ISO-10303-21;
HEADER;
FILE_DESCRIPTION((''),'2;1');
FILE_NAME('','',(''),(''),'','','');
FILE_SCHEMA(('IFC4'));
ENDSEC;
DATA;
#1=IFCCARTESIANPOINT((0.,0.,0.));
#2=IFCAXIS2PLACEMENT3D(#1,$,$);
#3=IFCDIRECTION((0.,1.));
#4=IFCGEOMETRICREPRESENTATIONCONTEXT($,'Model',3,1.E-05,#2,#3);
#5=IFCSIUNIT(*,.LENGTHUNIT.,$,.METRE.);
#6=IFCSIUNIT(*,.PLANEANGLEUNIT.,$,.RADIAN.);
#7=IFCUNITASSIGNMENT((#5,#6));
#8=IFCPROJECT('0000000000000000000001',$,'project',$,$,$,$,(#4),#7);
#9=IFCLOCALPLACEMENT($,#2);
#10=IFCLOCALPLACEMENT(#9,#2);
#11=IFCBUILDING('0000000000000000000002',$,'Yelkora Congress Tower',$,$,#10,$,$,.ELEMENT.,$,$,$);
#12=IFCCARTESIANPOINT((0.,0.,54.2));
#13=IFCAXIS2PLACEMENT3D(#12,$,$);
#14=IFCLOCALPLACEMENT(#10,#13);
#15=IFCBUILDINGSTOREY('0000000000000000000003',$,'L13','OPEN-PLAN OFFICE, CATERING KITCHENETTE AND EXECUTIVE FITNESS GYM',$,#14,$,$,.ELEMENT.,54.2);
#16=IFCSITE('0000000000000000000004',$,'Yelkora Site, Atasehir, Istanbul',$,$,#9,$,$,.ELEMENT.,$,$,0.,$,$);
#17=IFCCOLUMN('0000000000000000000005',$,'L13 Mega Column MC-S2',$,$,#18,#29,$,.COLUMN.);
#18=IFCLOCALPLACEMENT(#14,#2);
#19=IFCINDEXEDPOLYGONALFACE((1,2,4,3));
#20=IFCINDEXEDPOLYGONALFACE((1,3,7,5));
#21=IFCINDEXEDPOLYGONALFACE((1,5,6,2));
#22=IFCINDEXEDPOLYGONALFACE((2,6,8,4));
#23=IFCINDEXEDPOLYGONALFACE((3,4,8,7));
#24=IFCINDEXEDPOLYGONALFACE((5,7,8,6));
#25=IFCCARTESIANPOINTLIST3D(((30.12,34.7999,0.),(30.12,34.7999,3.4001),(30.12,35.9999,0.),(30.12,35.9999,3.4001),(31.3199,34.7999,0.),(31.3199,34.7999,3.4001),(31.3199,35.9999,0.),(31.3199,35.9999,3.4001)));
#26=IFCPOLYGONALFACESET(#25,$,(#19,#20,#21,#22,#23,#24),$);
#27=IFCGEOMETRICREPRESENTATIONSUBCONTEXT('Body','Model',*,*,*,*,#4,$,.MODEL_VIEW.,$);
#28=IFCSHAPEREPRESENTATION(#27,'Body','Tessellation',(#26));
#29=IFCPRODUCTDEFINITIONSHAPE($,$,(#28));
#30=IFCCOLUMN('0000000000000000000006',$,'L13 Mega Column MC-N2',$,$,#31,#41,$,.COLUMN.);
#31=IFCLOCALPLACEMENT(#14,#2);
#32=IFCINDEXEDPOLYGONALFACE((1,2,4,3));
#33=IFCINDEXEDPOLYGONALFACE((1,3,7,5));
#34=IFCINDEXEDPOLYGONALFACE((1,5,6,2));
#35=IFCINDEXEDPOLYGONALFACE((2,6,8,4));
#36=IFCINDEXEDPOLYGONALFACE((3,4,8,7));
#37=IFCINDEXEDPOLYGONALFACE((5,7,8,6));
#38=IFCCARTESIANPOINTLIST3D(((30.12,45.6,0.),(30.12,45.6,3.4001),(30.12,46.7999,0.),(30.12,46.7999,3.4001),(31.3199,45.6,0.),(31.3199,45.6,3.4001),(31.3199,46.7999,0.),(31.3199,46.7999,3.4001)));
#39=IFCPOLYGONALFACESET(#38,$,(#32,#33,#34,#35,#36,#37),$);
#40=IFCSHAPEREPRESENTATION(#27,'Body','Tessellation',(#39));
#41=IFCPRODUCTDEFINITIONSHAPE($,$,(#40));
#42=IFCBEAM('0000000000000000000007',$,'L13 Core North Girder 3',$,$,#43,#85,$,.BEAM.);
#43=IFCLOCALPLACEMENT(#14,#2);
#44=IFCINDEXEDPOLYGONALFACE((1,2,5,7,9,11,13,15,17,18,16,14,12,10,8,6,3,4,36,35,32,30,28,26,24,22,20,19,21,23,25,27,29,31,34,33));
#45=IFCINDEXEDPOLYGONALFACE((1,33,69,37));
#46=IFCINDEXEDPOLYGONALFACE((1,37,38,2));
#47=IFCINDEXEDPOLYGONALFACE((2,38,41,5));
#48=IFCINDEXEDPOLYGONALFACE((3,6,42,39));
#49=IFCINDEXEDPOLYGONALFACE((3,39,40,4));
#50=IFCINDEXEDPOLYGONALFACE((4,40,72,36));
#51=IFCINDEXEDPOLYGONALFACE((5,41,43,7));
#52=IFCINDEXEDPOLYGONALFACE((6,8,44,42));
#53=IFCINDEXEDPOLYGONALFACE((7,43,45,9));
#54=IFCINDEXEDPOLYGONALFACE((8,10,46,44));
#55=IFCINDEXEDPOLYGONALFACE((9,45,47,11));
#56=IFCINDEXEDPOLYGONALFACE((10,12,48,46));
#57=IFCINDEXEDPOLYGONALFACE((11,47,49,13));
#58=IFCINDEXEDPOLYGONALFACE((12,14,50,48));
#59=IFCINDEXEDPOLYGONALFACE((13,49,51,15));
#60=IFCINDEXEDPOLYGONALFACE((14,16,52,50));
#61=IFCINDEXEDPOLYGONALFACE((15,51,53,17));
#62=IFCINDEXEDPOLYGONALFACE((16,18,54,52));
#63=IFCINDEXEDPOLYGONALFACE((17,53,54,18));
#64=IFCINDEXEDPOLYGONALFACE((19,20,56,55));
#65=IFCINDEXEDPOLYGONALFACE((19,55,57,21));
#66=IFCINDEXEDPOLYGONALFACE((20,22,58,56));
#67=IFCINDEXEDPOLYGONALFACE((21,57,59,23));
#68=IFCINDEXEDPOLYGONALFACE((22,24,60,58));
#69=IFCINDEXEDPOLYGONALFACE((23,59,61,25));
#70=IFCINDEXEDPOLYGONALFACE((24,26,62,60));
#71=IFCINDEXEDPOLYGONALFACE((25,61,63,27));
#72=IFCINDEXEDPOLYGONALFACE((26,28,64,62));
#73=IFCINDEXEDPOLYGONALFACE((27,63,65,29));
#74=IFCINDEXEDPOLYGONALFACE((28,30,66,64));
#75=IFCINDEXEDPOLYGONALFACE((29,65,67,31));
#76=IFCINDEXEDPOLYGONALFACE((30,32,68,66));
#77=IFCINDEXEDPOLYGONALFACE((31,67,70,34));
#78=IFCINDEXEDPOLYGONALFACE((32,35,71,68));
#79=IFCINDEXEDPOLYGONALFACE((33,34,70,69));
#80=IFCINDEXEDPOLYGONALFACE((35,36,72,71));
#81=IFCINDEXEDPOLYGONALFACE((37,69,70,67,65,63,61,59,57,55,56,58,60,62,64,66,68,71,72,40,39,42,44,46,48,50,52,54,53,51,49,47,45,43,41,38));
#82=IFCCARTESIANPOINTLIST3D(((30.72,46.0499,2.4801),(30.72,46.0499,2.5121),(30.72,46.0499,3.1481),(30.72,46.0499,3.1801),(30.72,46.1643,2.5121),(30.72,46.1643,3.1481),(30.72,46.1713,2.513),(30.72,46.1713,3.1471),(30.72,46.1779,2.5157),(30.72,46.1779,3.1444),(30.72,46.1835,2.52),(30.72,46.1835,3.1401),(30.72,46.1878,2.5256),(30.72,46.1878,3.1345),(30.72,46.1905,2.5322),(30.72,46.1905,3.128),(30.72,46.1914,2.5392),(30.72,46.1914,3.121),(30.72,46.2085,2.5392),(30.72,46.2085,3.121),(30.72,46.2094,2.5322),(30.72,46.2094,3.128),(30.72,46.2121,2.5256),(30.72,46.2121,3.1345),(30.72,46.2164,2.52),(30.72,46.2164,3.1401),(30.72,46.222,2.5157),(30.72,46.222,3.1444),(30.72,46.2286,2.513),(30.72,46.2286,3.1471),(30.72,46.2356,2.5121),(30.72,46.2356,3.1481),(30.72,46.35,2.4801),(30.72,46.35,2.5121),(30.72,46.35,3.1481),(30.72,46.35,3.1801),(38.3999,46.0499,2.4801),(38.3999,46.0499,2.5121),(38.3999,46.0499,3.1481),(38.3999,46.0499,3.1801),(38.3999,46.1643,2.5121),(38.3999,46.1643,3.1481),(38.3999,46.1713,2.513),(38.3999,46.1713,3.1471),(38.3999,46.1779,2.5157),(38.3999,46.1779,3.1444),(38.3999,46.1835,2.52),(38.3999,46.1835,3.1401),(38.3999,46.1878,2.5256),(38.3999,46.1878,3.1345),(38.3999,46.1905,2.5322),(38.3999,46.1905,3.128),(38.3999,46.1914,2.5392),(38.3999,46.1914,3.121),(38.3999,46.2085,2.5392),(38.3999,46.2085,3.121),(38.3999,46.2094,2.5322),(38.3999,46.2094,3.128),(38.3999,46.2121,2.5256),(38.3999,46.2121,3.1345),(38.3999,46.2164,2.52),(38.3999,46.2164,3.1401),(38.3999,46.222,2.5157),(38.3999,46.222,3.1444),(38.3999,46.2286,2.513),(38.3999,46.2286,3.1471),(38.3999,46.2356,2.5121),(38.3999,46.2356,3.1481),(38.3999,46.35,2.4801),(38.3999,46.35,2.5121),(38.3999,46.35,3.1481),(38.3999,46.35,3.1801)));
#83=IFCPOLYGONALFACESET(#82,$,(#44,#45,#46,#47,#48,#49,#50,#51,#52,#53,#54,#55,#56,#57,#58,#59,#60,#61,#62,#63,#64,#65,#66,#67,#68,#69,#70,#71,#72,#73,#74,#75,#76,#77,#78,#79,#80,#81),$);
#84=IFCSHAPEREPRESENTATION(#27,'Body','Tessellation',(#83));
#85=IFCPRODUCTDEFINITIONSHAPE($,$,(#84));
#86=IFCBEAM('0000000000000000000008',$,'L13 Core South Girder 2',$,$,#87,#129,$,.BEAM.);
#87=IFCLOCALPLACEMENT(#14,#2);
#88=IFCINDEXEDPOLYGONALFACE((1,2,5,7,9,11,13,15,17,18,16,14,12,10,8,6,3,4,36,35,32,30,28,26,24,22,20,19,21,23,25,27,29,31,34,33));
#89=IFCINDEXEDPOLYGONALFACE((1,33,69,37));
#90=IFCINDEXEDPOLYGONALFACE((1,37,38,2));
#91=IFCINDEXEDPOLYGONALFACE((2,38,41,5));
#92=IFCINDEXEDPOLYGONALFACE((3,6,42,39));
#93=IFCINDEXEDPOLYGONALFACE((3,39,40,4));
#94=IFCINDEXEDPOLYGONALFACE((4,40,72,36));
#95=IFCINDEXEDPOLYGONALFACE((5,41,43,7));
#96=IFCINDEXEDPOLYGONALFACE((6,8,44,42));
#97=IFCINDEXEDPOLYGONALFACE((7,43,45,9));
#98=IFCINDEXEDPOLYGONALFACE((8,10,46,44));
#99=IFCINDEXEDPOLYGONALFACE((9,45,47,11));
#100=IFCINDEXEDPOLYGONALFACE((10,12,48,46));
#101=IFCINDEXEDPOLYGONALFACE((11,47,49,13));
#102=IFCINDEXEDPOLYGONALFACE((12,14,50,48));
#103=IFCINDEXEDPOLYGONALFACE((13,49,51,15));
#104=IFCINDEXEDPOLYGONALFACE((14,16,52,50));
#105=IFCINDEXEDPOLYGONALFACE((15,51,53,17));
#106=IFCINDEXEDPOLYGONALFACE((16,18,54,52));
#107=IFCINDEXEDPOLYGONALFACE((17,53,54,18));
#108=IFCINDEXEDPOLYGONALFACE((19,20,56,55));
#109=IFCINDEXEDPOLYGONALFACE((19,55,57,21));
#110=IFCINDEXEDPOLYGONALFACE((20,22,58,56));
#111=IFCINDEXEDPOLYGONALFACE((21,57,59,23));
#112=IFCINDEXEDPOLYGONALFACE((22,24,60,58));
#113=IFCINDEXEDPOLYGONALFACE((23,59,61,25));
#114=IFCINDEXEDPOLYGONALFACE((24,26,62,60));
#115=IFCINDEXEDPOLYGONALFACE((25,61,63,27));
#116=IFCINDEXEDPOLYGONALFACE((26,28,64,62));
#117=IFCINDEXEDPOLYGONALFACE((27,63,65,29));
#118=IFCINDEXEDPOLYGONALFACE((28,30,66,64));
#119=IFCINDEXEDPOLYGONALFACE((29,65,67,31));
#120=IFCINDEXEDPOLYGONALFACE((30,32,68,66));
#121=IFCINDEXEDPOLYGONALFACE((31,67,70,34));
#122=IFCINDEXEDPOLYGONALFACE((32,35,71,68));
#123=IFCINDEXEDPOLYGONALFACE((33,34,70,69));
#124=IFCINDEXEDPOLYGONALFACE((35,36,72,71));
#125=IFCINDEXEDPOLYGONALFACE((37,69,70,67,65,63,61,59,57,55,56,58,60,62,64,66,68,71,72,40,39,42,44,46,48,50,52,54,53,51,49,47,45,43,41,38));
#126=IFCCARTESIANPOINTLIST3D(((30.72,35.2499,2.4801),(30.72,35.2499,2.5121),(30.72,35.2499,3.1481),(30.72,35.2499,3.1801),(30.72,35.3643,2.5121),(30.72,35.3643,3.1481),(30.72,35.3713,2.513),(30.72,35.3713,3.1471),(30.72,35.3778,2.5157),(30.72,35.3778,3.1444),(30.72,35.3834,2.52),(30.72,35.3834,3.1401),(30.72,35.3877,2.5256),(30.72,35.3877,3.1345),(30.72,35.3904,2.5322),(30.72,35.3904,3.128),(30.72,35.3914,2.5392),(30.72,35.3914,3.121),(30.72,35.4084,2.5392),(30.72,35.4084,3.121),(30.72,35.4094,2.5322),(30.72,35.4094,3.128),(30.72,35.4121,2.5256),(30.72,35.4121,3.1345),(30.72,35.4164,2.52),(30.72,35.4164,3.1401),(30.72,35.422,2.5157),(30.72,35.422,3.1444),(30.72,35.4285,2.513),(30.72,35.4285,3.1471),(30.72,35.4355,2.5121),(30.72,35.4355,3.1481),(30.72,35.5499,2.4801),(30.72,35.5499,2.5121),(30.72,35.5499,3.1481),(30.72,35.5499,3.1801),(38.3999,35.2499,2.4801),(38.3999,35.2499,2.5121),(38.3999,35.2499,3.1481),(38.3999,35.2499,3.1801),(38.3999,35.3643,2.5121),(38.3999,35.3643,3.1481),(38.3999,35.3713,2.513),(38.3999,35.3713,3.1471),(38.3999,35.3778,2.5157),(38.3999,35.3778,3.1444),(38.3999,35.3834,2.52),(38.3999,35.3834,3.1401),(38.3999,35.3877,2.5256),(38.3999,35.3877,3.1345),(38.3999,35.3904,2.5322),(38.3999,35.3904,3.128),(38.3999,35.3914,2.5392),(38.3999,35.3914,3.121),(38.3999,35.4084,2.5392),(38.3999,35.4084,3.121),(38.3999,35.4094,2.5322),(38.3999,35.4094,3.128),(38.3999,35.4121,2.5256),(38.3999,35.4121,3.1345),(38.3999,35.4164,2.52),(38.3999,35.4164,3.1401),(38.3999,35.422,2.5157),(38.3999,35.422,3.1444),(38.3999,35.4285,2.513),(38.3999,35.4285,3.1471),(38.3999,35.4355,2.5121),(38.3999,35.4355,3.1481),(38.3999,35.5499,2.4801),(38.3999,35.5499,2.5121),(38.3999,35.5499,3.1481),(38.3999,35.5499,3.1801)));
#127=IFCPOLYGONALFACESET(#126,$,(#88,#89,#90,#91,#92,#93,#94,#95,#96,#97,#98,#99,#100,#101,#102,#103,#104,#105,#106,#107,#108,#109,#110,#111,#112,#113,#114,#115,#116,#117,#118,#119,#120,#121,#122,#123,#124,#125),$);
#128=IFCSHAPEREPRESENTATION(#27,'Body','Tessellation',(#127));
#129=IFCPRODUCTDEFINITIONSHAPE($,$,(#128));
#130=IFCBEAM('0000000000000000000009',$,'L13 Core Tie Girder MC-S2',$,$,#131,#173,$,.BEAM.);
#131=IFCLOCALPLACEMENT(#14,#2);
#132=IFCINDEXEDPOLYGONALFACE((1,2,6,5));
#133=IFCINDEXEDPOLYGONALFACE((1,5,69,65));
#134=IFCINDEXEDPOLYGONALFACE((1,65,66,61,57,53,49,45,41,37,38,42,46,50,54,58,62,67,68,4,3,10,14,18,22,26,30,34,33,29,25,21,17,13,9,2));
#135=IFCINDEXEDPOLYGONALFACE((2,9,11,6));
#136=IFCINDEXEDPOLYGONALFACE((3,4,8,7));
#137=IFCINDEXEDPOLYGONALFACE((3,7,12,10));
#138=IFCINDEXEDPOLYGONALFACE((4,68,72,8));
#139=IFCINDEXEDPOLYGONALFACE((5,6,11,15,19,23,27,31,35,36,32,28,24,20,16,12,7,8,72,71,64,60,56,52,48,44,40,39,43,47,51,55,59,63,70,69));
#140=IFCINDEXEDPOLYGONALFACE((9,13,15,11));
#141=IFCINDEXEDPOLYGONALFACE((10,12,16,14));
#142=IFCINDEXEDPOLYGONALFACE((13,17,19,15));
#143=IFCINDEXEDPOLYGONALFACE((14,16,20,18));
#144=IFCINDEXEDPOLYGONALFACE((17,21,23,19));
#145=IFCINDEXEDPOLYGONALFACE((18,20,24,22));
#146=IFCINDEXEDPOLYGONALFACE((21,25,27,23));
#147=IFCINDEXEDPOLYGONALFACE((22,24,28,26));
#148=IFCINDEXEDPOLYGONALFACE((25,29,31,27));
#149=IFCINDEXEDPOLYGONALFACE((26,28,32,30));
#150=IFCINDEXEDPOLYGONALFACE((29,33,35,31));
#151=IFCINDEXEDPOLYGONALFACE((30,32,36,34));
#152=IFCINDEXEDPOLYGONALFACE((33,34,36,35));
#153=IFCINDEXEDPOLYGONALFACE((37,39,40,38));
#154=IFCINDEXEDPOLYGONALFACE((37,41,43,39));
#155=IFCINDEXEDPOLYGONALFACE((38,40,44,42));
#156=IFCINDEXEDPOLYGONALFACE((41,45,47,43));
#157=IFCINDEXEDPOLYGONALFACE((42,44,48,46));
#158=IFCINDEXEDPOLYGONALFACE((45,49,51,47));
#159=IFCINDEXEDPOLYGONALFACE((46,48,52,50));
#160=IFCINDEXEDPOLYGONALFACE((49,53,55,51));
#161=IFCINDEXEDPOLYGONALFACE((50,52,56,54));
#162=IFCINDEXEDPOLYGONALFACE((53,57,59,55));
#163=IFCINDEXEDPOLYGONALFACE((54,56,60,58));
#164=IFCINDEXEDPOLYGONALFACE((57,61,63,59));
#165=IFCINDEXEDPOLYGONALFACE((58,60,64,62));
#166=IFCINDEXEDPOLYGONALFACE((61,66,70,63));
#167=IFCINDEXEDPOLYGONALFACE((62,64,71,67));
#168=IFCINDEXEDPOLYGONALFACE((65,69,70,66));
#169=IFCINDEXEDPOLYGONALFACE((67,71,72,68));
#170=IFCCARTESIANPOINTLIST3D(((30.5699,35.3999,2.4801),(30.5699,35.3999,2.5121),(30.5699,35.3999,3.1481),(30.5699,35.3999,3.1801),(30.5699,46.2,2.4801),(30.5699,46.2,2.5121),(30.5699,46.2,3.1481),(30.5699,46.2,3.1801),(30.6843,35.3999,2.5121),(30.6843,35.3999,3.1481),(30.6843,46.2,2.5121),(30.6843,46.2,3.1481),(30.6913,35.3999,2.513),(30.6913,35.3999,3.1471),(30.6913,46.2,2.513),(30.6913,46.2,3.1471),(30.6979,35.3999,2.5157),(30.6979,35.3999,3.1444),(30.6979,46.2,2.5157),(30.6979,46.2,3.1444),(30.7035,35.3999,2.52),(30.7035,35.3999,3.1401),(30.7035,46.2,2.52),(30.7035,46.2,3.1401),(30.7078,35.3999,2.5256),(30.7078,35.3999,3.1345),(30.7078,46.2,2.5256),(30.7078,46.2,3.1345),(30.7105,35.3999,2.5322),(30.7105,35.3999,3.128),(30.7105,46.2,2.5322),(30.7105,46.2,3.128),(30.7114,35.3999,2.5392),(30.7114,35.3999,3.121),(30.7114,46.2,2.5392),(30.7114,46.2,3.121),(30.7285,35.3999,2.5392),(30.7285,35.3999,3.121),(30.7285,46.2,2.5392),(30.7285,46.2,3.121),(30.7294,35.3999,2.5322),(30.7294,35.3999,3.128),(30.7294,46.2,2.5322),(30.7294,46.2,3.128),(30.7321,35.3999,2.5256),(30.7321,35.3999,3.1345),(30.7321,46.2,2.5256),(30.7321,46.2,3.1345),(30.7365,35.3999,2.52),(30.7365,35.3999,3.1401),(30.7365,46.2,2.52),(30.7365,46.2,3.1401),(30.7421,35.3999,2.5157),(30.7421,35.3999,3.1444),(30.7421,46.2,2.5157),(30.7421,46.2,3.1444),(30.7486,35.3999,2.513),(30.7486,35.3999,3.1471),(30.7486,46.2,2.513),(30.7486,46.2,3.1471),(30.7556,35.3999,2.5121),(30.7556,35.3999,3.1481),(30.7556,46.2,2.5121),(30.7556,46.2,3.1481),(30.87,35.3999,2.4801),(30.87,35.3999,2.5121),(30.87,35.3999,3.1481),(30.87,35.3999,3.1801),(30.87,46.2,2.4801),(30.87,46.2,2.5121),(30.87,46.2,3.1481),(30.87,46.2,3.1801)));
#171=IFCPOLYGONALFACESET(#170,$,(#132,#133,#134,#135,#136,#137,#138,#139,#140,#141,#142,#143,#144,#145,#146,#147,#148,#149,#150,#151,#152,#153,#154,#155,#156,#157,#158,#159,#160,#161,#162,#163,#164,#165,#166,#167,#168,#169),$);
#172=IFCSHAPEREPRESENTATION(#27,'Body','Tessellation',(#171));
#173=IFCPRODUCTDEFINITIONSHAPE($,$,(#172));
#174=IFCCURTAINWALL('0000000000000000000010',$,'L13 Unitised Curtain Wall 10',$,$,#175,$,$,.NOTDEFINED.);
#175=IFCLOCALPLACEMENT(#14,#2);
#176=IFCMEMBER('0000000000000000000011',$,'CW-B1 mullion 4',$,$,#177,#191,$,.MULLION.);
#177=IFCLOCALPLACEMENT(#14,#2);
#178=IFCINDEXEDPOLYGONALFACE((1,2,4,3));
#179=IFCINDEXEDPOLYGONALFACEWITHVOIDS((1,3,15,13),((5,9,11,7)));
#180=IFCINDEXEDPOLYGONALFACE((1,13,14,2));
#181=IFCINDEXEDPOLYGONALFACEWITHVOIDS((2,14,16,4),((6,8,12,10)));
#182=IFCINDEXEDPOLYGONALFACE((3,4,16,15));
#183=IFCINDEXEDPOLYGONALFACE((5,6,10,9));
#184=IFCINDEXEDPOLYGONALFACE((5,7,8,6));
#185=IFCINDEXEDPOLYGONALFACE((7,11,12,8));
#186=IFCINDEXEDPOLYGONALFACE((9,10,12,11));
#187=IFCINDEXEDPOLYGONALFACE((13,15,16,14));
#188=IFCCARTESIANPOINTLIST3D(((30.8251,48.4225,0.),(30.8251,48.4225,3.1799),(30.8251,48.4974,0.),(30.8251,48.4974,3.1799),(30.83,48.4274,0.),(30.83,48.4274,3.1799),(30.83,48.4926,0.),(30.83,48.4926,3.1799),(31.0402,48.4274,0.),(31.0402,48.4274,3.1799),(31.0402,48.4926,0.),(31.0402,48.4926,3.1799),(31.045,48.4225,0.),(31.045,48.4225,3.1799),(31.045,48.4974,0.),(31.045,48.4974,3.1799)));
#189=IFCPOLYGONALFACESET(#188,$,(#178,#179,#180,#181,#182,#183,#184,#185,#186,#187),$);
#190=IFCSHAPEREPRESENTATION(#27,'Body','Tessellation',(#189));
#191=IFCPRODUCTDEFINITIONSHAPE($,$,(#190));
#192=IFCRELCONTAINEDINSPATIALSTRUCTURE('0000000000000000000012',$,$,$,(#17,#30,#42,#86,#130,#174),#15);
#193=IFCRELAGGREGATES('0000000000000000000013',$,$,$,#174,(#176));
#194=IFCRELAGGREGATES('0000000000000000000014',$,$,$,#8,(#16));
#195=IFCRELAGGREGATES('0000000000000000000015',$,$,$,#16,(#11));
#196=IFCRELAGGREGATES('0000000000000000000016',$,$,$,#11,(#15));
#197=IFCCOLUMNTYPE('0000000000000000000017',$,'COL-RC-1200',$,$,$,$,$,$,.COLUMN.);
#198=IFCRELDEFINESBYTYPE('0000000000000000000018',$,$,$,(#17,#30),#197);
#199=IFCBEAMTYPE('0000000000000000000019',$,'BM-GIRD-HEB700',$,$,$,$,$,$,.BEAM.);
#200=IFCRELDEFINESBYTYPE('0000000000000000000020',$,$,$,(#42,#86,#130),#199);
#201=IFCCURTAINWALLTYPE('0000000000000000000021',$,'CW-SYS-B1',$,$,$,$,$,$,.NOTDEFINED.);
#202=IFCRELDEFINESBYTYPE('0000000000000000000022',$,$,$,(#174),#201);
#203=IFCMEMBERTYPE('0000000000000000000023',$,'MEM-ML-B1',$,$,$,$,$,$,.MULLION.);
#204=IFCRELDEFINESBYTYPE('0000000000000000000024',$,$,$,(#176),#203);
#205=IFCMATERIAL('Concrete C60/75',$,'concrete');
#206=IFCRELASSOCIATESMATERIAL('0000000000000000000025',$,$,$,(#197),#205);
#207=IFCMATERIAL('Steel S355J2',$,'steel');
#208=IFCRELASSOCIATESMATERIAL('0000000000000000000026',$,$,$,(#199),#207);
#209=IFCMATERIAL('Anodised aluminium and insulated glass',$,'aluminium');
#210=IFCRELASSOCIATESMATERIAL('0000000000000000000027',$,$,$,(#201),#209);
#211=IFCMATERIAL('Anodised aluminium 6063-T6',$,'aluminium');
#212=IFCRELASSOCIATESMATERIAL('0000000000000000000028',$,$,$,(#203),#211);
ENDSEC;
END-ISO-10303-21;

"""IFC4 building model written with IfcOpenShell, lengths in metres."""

from ifc_helpers import new_model, si_unit, direction, frame, origin, origin_2d, place, context, subcontext, project, spatial, rectangle, hollow_rectangle, i_section, extrude, material, material_profile, profile_set, type_object, element, aggregate, save


model = new_model("IFC4")

# Units and contexts
model_context = context("Model", 3, precision=1e-05, world=origin(), true_north=direction((0.0, 1.0)))
body_context = subcontext(model_context, "Body", "Model", "MODEL_VIEW")
ifc_project = project(units=[si_unit("LENGTHUNIT", "METRE"), si_unit("PLANEANGLEUNIT", "RADIAN")], contexts=[model_context])

# Site, building, storey
site_placement = place(None, origin())
site = spatial("IfcSite", under=ifc_project, at=site_placement, Name="Yelkora Site, Atasehir, Istanbul", CompositionType="ELEMENT", RefElevation=0.0)
building_placement = place(site_placement, origin())
building = spatial("IfcBuilding", under=site, at=building_placement, Name="Yelkora Congress Tower", CompositionType="ELEMENT")
storey_placement = place(building_placement, frame((0.0, 0.0, 54.2)))
storey = spatial("IfcBuildingStorey", under=building, at=storey_placement, Name="L13", Description="OPEN-PLAN OFFICE, CATERING KITCHENETTE AND EXECUTIVE FITNESS GYM", CompositionType="ELEMENT", Elevation=54.2)

# Columns
ifc_material_1 = material(Name="Concrete C60/75", Category="concrete")
ifc_material_profile_1 = material_profile(ifc_material_1, rectangle(XDim=1.2, YDim=1.2, at=origin_2d()), Name="RC 1200x1200")
ifc_profile_set_1 = profile_set([ifc_material_profile_1], Name="Concrete C60/75")
column_type = type_object("IfcColumnType", Name="COL-RC-1200", PredefinedType="COLUMN", material=ifc_profile_set_1)
for number, where, z_axis, x_axis, name in (
    (1, (30.72, 35.3999, 0.0), (0.0, 0.0, 1.0), (1.0, 0.0, 0.0), "L13 Mega Column MC-S2"),
    (2, (30.72, 46.2, 0.0), (0.0, 0.0, 1.0), (1.0, 0.0, 0.0), "L13 Mega Column MC-N2"),
):
    element("IfcColumn", number, at=place(storey_placement, frame(where, z_axis=z_axis, x_axis=x_axis)), inside=storey, type_object=column_type, Name=name, PredefinedType="COLUMN", context=body_context, shape_type="SweptSolid", body=[
        extrude(rectangle(XDim=1.2, YDim=1.2, at=origin_2d()), origin(), (0.0, 0.0, 1.0), 3.4001),
    ])

# Beams
ifc_material_2 = material(Name="Steel S355J2", Category="steel")
ifc_material_profile_2 = material_profile(ifc_material_2, i_section(OverallWidth=0.3, OverallDepth=0.7, WebThickness=0.0171, FlangeThickness=0.032, FilletRadius=0.0271, at=origin_2d()), Name="HEB 700")
ifc_profile_set_2 = profile_set([ifc_material_profile_2], Name="Steel S355J2")
beam_type = type_object("IfcBeamType", Name="BM-GIRD-HEB700", PredefinedType="BEAM", material=ifc_profile_set_2)
for number, where, z_axis, x_axis, name in (
    (3, (30.72, 46.2, 2.8301), (1.0, 0.0, 0.0), (0.0, 1.0, 0.0), "L13 Core North Girder 3"),
    (4, (30.72, 35.3999, 2.8301), (1.0, 0.0, 0.0), (0.0, 1.0, 0.0), "L13 Core South Girder 2"),
):
    element("IfcBeam", number, at=place(storey_placement, frame(where, z_axis=z_axis, x_axis=x_axis)), inside=storey, type_object=beam_type, Name=name, PredefinedType="BEAM", context=body_context, shape_type="SweptSolid", body=[
        extrude(i_section(OverallWidth=0.3, OverallDepth=0.7, WebThickness=0.0171, FlangeThickness=0.032, FilletRadius=0.0271, at=origin_2d()), origin(), (0.0, 0.0, 1.0), 7.6799),
    ])
beam_placement = place(storey_placement, frame((30.72, 35.3999, 2.8301), z_axis=(0.0, 1.0, 0.0), x_axis=(-1.0, 0.0, 0.0)))
element("IfcBeam", 5, at=beam_placement, inside=storey, type_object=beam_type, Name="L13 Core Tie Girder MC-S2", PredefinedType="BEAM", context=body_context, shape_type="SweptSolid", body=[
    extrude(i_section(OverallWidth=0.3, OverallDepth=0.7, WebThickness=0.0171, FlangeThickness=0.032, FilletRadius=0.0271, at=origin_2d()), origin(), (0.0, 0.0, 1.0), 10.8),
])

# Curtain wall, member
ifc_material_3 = material(Name="Anodised aluminium and insulated glass", Category="aluminium")
curtain_wall_type = type_object("IfcCurtainWallType", Name="CW-SYS-B1", PredefinedType="NOTDEFINED", material=ifc_material_3)
curtain_wall_placement = place(storey_placement, origin())
curtain_wall = element("IfcCurtainWall", 6, at=curtain_wall_placement, inside=storey, type_object=curtain_wall_type, Name="L13 Unitised Curtain Wall 10", PredefinedType="NOTDEFINED")
ifc_material_4 = material(Name="Anodised aluminium 6063-T6", Category="aluminium")
ifc_material_profile_3 = material_profile(ifc_material_4, hollow_rectangle(XDim=0.075, YDim=0.22, WallThickness=0.0049, at=origin_2d()), Name="ALU 75x220x5")
ifc_profile_set_3 = profile_set([ifc_material_profile_3], Name="Anodised aluminium 6063-T6")
member_type_1 = type_object("IfcMemberType", Name="MEM-ML-B1", PredefinedType="MULLION", material=ifc_profile_set_3)
member_1_placement = place(storey_placement, frame((30.9351, 48.46, 0.0), z_axis=(0.0, 0.0, 1.0), x_axis=(0.0, 1.0, 0.0)))
member_1 = element("IfcMember", 7, at=member_1_placement, type_object=member_type_1, Name="CW-B1 mullion 4", PredefinedType="MULLION", context=body_context, shape_type="SweptSolid", body=[
    extrude(hollow_rectangle(XDim=0.075, YDim=0.22, WallThickness=0.0049, at=origin_2d()), origin(), (0.0, 0.0, 1.0), 3.1799),
])
aggregate(curtain_wall, [member_1])

save(model, "model.ifc")
